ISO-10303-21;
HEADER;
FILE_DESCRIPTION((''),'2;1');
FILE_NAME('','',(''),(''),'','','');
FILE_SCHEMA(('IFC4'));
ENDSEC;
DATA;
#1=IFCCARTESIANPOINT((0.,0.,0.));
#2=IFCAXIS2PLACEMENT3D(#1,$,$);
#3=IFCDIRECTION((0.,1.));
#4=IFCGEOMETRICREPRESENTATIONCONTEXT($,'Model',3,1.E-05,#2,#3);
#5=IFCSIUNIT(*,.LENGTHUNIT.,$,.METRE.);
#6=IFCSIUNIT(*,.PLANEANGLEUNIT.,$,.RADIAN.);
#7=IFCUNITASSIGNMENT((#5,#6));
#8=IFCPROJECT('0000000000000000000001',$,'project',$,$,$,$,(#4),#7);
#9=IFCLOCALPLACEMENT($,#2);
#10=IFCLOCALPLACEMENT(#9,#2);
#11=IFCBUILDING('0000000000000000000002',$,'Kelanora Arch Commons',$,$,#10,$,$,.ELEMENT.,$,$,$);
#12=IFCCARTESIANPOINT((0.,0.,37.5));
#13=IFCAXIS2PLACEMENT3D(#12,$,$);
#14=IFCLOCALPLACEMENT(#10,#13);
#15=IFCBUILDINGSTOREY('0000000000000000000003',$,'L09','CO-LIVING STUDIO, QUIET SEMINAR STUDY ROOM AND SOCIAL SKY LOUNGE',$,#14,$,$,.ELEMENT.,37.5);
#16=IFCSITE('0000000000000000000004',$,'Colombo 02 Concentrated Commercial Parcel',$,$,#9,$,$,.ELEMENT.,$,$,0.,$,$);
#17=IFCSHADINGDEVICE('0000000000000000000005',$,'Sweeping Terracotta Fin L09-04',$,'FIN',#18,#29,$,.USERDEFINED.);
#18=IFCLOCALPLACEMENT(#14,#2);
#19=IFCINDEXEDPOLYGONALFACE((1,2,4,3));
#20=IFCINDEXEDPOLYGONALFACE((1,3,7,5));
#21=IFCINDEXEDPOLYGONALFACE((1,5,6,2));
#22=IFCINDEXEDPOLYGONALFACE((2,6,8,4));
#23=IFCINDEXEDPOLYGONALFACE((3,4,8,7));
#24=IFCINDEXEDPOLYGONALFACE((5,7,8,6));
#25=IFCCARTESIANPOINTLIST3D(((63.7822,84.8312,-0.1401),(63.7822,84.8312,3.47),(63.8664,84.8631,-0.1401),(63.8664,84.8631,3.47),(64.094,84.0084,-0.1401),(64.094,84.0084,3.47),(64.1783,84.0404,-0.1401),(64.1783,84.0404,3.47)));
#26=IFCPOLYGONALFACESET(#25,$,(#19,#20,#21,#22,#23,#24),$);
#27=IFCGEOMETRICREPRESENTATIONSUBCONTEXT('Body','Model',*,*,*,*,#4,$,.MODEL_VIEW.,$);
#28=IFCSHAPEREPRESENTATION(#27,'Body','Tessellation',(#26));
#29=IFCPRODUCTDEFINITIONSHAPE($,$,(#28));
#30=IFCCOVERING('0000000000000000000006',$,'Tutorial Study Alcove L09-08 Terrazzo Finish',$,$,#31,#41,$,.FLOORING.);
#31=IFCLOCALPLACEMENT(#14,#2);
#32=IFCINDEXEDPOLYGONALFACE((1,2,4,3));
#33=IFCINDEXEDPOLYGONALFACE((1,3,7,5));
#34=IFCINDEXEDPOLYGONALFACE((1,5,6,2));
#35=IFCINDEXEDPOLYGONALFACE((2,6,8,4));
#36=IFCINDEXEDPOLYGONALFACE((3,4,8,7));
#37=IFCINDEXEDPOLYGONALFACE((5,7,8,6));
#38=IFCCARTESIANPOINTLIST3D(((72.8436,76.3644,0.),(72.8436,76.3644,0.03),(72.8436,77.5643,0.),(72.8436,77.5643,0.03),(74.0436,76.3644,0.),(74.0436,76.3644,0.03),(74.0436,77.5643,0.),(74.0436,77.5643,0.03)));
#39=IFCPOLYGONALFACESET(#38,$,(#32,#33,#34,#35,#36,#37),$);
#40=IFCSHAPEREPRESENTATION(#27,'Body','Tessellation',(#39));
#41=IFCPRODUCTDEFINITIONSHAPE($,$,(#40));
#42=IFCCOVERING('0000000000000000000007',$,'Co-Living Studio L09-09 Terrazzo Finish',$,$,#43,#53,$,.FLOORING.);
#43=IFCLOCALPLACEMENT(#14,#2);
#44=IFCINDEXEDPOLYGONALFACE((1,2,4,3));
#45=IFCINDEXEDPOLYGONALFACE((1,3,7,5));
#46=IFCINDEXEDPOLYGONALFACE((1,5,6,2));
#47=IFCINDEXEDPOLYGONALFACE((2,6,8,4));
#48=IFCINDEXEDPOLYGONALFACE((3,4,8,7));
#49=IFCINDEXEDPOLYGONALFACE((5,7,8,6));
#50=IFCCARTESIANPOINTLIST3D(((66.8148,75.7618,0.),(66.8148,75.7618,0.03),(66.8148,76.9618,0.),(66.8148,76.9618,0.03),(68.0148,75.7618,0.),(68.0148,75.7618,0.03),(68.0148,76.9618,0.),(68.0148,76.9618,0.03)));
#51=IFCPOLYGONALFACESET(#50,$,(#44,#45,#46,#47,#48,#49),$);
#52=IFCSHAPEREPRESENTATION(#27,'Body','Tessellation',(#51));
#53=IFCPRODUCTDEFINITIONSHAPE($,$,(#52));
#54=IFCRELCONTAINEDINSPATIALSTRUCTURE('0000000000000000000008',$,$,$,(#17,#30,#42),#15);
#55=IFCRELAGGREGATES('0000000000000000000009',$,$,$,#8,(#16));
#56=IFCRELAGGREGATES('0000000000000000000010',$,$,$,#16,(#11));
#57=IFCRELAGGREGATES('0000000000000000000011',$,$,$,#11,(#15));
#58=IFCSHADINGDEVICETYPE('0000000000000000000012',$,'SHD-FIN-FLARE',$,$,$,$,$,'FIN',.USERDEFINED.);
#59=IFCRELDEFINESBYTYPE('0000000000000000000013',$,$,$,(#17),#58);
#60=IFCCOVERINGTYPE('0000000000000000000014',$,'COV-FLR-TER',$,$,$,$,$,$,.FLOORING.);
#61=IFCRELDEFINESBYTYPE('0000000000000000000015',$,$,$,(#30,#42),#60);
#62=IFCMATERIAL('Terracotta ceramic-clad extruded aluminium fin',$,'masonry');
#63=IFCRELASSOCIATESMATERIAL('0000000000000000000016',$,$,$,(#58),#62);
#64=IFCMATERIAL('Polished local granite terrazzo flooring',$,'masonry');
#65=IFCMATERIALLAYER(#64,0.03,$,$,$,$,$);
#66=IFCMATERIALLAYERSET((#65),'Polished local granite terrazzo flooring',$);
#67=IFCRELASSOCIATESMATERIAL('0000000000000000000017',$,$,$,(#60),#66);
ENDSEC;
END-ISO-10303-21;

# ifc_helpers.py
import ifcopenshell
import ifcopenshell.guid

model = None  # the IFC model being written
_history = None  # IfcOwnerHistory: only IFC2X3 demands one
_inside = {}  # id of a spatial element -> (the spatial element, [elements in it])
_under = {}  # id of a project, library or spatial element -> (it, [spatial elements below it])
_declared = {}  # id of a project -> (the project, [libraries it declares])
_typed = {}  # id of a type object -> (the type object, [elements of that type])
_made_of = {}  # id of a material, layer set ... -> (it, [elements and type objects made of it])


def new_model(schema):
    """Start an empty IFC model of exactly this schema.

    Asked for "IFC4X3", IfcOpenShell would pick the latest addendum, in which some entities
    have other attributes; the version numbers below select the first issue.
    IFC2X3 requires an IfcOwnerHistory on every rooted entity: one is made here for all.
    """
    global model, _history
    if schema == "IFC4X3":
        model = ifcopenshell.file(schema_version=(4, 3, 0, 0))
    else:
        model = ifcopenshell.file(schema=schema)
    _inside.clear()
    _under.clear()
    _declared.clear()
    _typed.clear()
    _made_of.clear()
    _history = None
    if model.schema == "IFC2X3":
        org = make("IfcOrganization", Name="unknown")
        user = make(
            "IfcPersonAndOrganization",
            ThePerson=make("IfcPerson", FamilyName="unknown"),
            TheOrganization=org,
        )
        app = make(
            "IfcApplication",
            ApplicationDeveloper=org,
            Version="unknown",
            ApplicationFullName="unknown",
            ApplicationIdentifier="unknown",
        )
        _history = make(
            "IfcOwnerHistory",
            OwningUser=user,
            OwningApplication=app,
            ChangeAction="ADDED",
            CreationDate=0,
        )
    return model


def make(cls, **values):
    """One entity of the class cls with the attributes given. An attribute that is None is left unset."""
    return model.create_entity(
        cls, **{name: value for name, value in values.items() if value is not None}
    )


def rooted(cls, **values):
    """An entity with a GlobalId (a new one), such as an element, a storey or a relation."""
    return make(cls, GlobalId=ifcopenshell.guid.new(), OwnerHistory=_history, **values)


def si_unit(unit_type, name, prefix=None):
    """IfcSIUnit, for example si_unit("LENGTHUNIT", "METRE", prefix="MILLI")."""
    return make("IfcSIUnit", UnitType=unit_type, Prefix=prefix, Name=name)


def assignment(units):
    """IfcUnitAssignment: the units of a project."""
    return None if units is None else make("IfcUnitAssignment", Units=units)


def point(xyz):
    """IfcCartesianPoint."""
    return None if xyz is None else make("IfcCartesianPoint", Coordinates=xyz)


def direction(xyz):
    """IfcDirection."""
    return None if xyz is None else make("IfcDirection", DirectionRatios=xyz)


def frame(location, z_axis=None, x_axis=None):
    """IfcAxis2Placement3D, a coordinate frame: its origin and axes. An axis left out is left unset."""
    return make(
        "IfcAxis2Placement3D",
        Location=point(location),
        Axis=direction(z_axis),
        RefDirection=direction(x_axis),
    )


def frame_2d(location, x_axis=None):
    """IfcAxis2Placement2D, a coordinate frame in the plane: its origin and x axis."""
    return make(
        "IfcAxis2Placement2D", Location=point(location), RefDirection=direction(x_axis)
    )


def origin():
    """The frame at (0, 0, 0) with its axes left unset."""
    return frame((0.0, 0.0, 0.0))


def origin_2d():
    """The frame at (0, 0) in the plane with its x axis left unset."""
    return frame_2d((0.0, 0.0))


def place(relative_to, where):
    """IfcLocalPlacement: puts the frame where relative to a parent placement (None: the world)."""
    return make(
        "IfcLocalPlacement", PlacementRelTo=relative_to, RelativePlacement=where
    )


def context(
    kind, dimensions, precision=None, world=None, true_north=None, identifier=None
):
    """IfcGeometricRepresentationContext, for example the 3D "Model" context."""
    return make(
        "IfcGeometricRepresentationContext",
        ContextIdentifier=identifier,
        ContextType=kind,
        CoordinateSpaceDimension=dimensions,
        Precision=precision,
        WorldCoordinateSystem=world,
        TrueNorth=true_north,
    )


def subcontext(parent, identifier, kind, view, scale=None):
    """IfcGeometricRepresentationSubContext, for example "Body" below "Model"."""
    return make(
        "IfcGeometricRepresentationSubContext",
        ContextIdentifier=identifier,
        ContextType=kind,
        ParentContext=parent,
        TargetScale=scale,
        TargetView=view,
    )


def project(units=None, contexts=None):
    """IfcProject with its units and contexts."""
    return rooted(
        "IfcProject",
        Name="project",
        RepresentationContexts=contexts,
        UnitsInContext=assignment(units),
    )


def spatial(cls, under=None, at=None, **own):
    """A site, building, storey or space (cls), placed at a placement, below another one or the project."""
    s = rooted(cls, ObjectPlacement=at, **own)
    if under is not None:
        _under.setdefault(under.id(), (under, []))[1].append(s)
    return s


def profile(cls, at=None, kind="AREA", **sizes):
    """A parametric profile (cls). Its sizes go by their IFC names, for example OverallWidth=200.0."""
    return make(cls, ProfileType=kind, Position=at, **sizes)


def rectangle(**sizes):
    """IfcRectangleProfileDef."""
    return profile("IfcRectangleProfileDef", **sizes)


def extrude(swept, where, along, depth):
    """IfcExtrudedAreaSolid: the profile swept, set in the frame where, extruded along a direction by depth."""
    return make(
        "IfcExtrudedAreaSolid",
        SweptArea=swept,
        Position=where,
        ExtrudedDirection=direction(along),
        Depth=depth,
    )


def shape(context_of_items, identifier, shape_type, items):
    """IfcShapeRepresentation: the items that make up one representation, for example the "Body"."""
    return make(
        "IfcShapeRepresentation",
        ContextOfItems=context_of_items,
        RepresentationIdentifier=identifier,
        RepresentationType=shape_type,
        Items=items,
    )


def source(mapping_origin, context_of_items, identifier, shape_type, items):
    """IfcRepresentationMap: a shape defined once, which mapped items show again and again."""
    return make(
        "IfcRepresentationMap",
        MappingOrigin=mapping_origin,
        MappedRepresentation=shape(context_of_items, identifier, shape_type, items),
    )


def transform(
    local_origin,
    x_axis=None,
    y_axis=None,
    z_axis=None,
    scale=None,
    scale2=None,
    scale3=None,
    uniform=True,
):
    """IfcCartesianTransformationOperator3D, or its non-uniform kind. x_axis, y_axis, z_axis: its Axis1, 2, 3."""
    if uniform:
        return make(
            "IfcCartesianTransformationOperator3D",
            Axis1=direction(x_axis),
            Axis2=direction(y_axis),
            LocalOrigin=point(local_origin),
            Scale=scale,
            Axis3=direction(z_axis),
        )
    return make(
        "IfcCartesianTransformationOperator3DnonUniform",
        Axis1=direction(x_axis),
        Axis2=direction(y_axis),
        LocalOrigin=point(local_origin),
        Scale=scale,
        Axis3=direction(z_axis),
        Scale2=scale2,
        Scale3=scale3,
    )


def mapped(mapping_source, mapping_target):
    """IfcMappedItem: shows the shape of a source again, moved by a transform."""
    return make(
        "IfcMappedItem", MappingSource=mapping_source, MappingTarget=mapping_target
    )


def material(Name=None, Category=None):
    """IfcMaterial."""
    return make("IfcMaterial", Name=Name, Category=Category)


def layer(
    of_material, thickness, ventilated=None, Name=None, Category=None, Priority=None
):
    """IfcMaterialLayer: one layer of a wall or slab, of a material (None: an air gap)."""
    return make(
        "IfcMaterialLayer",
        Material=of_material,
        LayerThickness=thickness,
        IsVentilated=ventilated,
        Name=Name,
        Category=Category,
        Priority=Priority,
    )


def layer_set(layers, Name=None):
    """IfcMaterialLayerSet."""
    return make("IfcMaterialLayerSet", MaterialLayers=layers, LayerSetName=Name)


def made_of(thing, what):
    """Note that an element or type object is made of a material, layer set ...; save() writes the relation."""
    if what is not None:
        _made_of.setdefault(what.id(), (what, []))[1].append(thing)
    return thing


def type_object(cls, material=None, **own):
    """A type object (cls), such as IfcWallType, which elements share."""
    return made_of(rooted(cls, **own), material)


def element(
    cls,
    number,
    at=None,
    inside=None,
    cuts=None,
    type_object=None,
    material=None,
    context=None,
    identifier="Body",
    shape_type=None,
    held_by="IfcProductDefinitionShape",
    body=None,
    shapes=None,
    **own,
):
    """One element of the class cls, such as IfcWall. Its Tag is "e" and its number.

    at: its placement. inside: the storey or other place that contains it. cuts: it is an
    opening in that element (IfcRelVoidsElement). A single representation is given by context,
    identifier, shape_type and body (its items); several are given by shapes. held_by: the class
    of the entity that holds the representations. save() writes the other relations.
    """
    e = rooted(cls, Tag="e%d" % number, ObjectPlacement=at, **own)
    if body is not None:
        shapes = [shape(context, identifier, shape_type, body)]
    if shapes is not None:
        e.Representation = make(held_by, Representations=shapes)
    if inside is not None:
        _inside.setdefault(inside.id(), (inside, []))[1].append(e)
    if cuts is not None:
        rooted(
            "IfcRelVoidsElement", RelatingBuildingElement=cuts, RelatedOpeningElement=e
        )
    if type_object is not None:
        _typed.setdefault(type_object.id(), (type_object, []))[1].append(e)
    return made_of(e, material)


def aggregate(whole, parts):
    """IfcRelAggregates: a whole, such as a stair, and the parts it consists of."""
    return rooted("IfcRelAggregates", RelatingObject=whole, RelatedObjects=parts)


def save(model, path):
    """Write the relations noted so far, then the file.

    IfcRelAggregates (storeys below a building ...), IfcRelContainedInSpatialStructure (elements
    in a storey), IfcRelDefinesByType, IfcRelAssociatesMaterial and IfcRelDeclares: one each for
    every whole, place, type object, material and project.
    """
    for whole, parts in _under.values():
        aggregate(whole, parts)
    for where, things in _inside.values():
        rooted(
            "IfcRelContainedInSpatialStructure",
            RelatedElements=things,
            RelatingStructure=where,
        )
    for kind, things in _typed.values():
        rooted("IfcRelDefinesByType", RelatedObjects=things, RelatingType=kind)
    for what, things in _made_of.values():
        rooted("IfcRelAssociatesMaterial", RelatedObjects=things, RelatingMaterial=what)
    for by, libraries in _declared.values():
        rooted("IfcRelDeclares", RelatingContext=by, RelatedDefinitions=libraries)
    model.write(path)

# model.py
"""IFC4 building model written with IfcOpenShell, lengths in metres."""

from ifc_helpers import new_model, si_unit, direction, frame, origin, origin_2d, place, context, subcontext, project, spatial, rectangle, extrude, source, transform, mapped, material, layer, layer_set, type_object, element, save


model = new_model("IFC4")

# Units and contexts
model_context = context("Model", 3, precision=1e-05, world=origin(), true_north=direction((0.0, 1.0)))
body_context = subcontext(model_context, "Body", "Model", "MODEL_VIEW")
ifc_project = project(units=[si_unit("LENGTHUNIT", "METRE"), si_unit("PLANEANGLEUNIT", "RADIAN")], contexts=[model_context])

# Site, building, storey
site_placement = place(None, origin())
site = spatial("IfcSite", under=ifc_project, at=site_placement, Name="Colombo 02 Concentrated Commercial Parcel", CompositionType="ELEMENT", RefElevation=0.0)
building_placement = place(site_placement, origin())
building = spatial("IfcBuilding", under=site, at=building_placement, Name="Kelanora Arch Commons", CompositionType="ELEMENT")
storey_placement = place(building_placement, frame((0.0, 0.0, 37.5)))
storey = spatial("IfcBuildingStorey", under=building, at=storey_placement, Name="L09", Description="CO-LIVING STUDIO, QUIET SEMINAR STUDY ROOM AND SOCIAL SKY LOUNGE", CompositionType="ELEMENT", Elevation=37.5)

# Shading device
ifc_material_1 = material(Name="Terracotta ceramic-clad extruded aluminium fin", Category="masonry")
shading_device_type = type_object("IfcShadingDeviceType", Name="SHD-FIN-FLARE", ElementType="FIN", PredefinedType="USERDEFINED", material=ifc_material_1)
shared_shape_1 = source(origin(), body_context, "Body", "SweptSolid", [
    extrude(rectangle(XDim=0.8799, YDim=0.0901, at=origin_2d()), origin(), (0.0, 0.0, 1.0), 3.6101),
])
shading_device_placement = place(storey_placement, frame((63.9802, 84.4358, -0.1401), z_axis=(0.0, 0.0, 1.0), x_axis=(-0.354454, 0.935073, 0.0)))
element("IfcShadingDevice", 1, at=shading_device_placement, inside=storey, type_object=shading_device_type, Name="Sweeping Terracotta Fin L09-04", ObjectType="FIN", PredefinedType="USERDEFINED", context=body_context, shape_type="MappedRepresentation", body=[
    mapped(shared_shape_1, transform((0.0, 0.0, 0.0), scale=1.0)),
])

# Coverings
ifc_material_2 = material(Name="Polished local granite terrazzo flooring", Category="masonry")
ifc_layer_1 = layer(ifc_material_2, 0.03)
ifc_layer_set_1 = layer_set([ifc_layer_1], Name="Polished local granite terrazzo flooring")
covering_type = type_object("IfcCoveringType", Name="COV-FLR-TER", PredefinedType="FLOORING", material=ifc_layer_set_1)
shared_shape_2 = source(origin(), body_context, "Body", "SweptSolid", [
    extrude(rectangle(XDim=1.2, YDim=1.2, at=origin_2d()), origin(), (0.0, 0.0, 1.0), 0.03),
])
for number, where, z_axis, x_axis, name in (
    (2, (73.4436, 76.9644, 0.0), (0.0, 0.0, 1.0), (1.0, 0.0, 0.0), "Tutorial Study Alcove L09-08 Terrazzo Finish"),
    (3, (67.4148, 76.3618, 0.0), (0.0, 0.0, 1.0), (1.0, 0.0, 0.0), "Co-Living Studio L09-09 Terrazzo Finish"),
):
    element("IfcCovering", number, at=place(storey_placement, frame(where, z_axis=z_axis, x_axis=x_axis)), inside=storey, type_object=covering_type, Name=name, PredefinedType="FLOORING", context=body_context, shape_type="MappedRepresentation", body=[
        mapped(shared_shape_2, transform((0.0, 0.0, 0.0), scale=1.0)),
    ])

save(model, "model.ifc")
